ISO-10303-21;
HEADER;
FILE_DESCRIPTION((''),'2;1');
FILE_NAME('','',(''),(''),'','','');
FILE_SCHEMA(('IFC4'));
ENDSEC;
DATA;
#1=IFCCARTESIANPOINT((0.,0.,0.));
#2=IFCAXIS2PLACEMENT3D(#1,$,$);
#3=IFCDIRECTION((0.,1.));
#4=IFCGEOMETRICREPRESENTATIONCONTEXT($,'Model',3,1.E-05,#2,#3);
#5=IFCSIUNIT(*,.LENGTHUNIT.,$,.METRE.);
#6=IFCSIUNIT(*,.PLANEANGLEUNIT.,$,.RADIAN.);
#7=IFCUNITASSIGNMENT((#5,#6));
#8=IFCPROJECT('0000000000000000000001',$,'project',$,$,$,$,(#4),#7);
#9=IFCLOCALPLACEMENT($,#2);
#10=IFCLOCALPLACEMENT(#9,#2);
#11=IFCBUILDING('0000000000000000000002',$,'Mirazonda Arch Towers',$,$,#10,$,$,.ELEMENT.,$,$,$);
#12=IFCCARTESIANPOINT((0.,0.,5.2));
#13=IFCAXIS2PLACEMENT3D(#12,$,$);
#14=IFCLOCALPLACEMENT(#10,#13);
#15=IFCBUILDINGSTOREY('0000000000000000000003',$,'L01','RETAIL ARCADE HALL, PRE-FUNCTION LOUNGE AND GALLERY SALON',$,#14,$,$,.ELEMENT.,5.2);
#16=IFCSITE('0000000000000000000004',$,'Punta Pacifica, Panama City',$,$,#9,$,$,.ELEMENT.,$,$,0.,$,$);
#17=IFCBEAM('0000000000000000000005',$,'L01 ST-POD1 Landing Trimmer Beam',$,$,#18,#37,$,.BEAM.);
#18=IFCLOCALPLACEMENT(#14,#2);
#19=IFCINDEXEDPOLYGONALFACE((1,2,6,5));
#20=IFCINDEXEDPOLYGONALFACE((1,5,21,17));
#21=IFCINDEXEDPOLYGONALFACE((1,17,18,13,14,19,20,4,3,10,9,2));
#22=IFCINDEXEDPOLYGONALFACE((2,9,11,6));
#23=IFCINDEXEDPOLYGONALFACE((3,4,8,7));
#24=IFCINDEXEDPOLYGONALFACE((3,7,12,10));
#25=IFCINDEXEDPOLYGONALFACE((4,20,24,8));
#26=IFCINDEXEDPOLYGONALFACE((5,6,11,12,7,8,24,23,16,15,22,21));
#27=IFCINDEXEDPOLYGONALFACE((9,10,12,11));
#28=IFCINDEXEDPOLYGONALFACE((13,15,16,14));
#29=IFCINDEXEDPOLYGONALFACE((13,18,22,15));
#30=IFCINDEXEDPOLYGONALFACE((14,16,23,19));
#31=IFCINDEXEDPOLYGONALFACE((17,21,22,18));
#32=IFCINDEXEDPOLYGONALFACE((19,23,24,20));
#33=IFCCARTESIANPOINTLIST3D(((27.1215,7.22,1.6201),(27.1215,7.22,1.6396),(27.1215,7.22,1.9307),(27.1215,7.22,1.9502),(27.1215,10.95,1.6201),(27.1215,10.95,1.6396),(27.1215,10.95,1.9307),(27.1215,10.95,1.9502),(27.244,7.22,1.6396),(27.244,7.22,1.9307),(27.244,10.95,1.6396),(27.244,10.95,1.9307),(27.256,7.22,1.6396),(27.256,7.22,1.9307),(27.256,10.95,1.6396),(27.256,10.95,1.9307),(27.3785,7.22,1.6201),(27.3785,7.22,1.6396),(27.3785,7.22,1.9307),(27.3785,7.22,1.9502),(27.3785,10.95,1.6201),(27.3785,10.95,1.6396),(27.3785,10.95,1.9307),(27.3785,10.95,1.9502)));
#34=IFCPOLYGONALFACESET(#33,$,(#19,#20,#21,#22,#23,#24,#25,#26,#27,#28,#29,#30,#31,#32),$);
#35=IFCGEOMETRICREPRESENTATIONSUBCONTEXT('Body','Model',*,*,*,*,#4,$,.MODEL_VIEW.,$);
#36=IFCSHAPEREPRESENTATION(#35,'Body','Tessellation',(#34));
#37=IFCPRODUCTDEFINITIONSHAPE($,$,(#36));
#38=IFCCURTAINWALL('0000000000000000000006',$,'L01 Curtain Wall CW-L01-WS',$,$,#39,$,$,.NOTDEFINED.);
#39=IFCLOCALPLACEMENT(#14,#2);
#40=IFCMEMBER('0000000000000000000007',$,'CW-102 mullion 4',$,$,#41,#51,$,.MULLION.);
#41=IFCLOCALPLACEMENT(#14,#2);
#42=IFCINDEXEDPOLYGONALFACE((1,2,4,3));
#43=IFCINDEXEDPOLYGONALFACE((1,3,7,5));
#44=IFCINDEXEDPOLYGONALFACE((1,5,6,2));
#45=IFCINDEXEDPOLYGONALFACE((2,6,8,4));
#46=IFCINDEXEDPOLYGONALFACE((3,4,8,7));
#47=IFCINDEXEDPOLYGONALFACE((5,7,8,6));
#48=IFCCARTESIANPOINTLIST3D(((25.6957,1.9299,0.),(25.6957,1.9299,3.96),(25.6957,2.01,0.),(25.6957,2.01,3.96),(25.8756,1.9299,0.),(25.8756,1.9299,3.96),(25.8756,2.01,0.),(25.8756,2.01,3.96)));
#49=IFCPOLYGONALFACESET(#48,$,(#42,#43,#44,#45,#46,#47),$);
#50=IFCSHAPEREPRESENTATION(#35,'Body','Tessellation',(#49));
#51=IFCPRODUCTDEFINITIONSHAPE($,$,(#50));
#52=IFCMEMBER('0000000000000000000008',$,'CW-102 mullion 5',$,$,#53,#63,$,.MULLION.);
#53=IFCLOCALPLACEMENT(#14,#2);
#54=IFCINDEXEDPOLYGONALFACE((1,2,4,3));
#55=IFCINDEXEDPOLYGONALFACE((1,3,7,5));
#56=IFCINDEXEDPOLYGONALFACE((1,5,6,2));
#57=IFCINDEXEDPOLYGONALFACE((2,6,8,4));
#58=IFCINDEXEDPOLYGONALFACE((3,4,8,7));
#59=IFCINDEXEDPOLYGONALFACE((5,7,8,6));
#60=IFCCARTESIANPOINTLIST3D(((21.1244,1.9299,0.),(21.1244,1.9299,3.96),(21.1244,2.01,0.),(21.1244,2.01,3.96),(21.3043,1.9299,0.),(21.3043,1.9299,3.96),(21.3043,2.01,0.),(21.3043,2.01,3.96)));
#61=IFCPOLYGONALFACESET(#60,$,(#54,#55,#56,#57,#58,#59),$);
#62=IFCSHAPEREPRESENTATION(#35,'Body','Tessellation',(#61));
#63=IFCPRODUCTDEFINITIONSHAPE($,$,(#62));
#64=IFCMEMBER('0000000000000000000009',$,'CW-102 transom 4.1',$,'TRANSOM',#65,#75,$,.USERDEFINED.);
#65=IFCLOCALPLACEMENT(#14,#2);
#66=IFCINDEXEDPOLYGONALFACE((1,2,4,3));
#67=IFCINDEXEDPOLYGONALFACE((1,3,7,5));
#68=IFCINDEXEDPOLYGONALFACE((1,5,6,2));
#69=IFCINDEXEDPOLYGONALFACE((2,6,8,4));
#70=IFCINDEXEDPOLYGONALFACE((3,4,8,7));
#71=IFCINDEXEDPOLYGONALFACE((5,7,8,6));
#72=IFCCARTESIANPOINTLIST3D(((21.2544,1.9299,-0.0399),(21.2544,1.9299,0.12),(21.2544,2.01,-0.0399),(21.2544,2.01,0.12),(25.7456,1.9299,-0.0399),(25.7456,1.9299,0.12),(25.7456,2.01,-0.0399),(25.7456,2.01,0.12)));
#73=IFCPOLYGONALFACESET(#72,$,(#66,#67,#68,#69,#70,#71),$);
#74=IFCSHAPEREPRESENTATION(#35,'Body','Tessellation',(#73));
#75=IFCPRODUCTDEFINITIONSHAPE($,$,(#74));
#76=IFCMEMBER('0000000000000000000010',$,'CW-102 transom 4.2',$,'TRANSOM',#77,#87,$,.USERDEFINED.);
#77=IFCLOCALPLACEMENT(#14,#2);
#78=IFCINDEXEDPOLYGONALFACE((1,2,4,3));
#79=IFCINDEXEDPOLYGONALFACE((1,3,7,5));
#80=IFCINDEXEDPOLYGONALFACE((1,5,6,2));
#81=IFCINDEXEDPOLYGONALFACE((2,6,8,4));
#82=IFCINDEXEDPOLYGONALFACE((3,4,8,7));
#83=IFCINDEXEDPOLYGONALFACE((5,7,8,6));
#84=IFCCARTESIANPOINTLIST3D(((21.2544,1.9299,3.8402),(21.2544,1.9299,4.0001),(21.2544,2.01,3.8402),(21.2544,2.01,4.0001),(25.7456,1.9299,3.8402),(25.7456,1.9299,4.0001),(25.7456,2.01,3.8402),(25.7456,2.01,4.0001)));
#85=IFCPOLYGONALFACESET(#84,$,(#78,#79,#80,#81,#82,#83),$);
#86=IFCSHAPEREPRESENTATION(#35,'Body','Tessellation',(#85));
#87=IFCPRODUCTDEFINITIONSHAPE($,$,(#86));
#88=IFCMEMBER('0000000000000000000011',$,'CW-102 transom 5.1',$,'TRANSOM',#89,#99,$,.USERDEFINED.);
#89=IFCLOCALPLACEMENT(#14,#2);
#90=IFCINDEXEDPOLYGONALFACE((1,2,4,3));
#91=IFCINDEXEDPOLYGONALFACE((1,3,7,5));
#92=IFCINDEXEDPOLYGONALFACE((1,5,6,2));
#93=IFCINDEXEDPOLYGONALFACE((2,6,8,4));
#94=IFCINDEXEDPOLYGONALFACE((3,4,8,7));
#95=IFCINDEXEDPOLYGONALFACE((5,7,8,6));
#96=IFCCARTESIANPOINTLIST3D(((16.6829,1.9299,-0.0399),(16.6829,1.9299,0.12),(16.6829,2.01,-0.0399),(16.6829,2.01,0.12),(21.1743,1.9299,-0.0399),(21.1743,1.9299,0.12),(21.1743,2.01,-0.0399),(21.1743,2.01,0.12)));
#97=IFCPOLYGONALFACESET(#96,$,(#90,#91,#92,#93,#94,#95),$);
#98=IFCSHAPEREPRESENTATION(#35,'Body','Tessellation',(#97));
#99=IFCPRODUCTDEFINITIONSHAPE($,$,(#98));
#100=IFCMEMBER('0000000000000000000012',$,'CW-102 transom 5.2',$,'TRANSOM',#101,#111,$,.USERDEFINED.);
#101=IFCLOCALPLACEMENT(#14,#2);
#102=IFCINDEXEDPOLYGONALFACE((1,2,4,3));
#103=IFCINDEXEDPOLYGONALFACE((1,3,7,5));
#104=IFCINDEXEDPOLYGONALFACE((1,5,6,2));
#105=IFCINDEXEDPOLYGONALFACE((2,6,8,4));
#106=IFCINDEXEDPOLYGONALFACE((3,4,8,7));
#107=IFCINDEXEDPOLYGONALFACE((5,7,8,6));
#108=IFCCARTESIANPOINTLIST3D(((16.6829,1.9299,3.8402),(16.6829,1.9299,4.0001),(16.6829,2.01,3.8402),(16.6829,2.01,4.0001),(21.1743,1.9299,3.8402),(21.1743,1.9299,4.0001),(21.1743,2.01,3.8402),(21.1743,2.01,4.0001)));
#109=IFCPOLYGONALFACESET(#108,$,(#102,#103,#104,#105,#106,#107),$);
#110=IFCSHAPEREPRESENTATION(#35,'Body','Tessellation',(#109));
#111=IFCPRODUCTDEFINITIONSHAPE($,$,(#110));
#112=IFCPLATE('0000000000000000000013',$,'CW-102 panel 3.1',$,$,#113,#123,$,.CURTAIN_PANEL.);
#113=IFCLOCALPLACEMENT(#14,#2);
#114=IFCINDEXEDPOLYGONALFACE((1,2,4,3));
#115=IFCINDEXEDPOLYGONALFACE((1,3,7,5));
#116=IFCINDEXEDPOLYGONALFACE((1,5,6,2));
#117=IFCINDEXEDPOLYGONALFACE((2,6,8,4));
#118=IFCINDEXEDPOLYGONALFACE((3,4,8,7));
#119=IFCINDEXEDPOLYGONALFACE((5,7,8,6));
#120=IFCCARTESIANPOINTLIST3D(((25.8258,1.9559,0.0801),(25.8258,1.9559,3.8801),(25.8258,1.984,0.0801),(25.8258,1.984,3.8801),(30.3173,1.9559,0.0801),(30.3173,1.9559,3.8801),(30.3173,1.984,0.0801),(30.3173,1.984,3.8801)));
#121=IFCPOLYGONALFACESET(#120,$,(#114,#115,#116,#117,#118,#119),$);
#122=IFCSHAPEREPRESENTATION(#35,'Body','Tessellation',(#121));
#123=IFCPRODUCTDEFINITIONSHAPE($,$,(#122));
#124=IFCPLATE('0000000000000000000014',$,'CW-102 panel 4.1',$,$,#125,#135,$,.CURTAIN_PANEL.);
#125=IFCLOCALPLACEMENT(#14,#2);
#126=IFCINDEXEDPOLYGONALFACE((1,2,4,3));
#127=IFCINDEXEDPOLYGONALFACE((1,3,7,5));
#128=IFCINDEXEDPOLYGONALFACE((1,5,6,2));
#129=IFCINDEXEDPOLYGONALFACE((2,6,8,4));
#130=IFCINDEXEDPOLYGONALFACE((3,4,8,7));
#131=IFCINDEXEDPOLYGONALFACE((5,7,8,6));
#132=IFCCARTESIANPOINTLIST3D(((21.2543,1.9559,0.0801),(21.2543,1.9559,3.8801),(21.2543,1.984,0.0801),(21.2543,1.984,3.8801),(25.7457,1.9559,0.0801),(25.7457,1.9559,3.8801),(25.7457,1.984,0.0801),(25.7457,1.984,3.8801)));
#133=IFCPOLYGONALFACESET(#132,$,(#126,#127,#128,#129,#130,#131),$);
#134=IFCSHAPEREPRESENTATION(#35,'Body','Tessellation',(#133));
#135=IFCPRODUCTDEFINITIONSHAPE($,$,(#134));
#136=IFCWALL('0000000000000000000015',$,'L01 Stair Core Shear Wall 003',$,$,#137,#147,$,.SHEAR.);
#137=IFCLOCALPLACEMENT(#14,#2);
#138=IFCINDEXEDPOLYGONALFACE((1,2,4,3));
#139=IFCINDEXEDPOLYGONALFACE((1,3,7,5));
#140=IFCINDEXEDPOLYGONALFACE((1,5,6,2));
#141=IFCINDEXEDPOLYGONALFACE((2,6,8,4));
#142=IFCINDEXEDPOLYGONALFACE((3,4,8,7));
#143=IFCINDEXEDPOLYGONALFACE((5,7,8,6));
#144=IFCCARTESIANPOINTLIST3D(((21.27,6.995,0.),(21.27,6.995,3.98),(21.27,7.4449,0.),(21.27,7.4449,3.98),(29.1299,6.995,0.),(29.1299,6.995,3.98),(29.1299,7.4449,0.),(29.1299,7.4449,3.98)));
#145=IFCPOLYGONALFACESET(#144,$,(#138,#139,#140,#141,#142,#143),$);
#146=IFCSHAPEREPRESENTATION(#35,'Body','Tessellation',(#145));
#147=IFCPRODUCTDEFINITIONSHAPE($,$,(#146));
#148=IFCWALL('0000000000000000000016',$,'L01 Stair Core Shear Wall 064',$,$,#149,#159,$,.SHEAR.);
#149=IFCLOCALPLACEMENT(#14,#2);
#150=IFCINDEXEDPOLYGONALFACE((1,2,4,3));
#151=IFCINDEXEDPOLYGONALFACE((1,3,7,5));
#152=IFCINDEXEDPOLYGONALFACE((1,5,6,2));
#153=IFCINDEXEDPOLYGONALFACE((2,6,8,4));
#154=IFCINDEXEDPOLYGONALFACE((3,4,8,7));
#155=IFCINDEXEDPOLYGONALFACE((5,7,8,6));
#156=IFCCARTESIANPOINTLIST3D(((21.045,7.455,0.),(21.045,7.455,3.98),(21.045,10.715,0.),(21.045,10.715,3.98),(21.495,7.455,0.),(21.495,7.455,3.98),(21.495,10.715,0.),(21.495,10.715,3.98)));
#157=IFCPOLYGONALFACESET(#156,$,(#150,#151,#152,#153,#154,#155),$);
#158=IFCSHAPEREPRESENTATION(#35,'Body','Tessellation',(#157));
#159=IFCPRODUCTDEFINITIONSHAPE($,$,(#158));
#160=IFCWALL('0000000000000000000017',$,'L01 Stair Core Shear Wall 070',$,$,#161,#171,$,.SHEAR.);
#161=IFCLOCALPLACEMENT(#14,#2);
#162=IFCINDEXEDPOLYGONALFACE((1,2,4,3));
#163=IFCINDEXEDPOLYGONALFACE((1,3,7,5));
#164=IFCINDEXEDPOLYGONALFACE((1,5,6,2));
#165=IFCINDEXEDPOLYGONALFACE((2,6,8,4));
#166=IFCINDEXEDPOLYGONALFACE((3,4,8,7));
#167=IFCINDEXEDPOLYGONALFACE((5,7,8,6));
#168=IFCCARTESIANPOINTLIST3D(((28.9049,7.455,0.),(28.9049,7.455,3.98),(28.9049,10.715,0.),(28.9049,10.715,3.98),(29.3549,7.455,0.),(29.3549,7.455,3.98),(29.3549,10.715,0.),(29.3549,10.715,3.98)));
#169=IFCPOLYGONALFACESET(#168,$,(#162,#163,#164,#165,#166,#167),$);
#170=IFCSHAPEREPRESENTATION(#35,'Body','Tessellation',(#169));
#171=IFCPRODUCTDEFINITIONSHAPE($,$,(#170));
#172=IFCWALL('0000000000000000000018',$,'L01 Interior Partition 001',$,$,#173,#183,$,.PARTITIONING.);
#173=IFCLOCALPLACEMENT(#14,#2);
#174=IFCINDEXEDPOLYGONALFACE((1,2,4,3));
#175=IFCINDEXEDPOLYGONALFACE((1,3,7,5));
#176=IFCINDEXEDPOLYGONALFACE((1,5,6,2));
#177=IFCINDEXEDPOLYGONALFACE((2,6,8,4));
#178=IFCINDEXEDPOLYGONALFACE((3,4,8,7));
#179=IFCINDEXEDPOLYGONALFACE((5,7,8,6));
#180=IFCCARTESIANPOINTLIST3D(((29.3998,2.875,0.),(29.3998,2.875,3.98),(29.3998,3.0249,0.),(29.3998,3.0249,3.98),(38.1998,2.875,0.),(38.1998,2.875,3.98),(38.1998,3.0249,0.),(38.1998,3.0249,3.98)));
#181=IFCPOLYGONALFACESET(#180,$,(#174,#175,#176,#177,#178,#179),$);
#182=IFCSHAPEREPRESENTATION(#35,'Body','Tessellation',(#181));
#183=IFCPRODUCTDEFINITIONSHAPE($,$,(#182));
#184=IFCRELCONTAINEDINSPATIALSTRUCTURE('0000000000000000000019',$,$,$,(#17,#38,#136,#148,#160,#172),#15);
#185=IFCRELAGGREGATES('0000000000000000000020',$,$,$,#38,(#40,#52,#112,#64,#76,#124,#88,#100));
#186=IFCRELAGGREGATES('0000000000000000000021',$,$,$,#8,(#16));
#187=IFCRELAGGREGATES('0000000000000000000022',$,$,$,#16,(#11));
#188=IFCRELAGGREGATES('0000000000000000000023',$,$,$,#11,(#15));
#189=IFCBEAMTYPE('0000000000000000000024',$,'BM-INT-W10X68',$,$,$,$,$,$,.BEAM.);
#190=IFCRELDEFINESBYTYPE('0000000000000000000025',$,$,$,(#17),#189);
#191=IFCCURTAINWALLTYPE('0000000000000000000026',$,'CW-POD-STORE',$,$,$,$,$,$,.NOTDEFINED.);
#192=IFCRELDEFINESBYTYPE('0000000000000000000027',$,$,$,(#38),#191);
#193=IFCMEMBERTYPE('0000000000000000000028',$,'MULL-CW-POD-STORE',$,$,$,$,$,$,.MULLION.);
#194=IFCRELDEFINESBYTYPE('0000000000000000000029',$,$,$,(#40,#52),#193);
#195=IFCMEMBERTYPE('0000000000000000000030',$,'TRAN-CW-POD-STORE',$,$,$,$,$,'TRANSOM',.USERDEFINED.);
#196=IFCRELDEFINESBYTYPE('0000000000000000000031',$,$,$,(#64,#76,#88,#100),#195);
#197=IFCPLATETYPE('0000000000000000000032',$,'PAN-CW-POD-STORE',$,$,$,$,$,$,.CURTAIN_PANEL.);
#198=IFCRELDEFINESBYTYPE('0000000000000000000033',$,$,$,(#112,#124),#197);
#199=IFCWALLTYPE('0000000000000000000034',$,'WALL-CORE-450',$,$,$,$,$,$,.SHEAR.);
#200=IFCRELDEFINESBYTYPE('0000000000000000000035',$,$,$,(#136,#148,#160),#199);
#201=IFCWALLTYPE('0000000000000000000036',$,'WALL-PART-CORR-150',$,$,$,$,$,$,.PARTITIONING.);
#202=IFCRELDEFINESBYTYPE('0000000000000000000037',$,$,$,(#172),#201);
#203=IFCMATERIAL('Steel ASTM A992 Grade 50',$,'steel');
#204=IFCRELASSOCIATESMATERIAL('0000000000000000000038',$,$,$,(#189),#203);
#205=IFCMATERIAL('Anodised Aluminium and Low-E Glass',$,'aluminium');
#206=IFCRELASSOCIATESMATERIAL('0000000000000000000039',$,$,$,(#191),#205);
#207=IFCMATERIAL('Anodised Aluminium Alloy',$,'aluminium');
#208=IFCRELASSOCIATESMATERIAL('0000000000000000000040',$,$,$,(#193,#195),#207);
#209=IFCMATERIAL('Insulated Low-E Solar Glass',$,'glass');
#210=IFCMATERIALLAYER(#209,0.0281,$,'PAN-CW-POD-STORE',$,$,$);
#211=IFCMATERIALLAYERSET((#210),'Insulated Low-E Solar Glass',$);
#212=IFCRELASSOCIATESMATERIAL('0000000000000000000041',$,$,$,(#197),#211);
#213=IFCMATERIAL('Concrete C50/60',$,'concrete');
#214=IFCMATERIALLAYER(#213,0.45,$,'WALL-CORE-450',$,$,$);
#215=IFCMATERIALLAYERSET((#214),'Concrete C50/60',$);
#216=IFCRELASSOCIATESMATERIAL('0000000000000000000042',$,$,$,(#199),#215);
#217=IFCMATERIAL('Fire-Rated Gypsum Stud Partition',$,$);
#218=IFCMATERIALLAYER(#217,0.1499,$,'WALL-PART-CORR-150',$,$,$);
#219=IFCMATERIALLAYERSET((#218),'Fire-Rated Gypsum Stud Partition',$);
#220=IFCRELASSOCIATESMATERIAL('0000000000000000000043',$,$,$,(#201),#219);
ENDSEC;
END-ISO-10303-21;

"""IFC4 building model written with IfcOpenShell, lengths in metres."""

from ifc_helpers import new_model, si_unit, direction, frame, frame_2d, origin, origin_2d, place, context, subcontext, project, spatial, rectangle, i_section, extrude, material, layer, layer_set, material_profile, profile_set, type_object, element, aggregate, save


model = new_model("IFC4")

# Units and contexts
model_context = context("Model", 3, precision=1e-05, world=origin(), true_north=direction((0.0, 1.0)))
body_context = subcontext(model_context, "Body", "Model", "MODEL_VIEW")
ifc_project = project(units=[si_unit("LENGTHUNIT", "METRE"), si_unit("PLANEANGLEUNIT", "RADIAN")], contexts=[model_context])

# Site, building, storey
site_placement = place(None, origin())
site = spatial("IfcSite", under=ifc_project, at=site_placement, Name="Punta Pacifica, Panama City", CompositionType="ELEMENT", RefElevation=0.0)
building_placement = place(site_placement, origin())
building = spatial("IfcBuilding", under=site, at=building_placement, Name="Mirazonda Arch Towers", CompositionType="ELEMENT")
storey_placement = place(building_placement, frame((0.0, 0.0, 5.2)))
storey = spatial("IfcBuildingStorey", under=building, at=storey_placement, Name="L01", Description="RETAIL ARCADE HALL, PRE-FUNCTION LOUNGE AND GALLERY SALON", CompositionType="ELEMENT", Elevation=5.2)

# Beam
ifc_material_1 = material(Name="Steel ASTM A992 Grade 50", Category="steel")
ifc_material_profile_1 = material_profile(ifc_material_1, i_section(OverallWidth=0.2571, OverallDepth=0.3301, WebThickness=0.012, FlangeThickness=0.0195, at=origin_2d()), Name="W10X68")
ifc_profile_set_1 = profile_set([ifc_material_profile_1], Name="Steel ASTM A992 Grade 50")
beam_type = type_object("IfcBeamType", Name="BM-INT-W10X68", PredefinedType="BEAM", material=ifc_profile_set_1)
beam_placement = place(storey_placement, frame((27.25, 7.22, 1.7852), z_axis=(0.0, 1.0, 0.0), x_axis=(-1.0, 0.0, 0.0)))
element("IfcBeam", 1, at=beam_placement, inside=storey, type_object=beam_type, Name="L01 ST-POD1 Landing Trimmer Beam", PredefinedType="BEAM", context=body_context, shape_type="SweptSolid", body=[
    extrude(i_section(OverallWidth=0.2571, OverallDepth=0.3301, WebThickness=0.012, FlangeThickness=0.0195, at=origin_2d()), origin(), (0.0, 0.0, 1.0), 3.73),
])

# Curtain wall, members, plates
ifc_material_2 = material(Name="Anodised Aluminium and Low-E Glass", Category="aluminium")
curtain_wall_type = type_object("IfcCurtainWallType", Name="CW-POD-STORE", PredefinedType="NOTDEFINED", material=ifc_material_2)
curtain_wall_placement = place(storey_placement, origin())
curtain_wall = element("IfcCurtainWall", 2, at=curtain_wall_placement, inside=storey, type_object=curtain_wall_type, Name="L01 Curtain Wall CW-L01-WS", PredefinedType="NOTDEFINED")
ifc_material_3 = material(Name="Anodised Aluminium Alloy", Category="aluminium")
ifc_material_profile_2 = material_profile(ifc_material_3, rectangle(XDim=0.0801, YDim=0.1799, at=origin_2d()), Name="ALU-MULL-80x180")
ifc_profile_set_2 = profile_set([ifc_material_profile_2], Name="Anodised Aluminium Alloy")
member_type_1 = type_object("IfcMemberType", Name="MULL-CW-POD-STORE", PredefinedType="MULLION", material=ifc_profile_set_2)
member_1_placement = place(storey_placement, frame((25.7856, 1.97, 0.0), z_axis=(0.0, 0.0, 1.0), x_axis=(0.0, -1.0, 0.0)))
member_1 = element("IfcMember", 3, at=member_1_placement, type_object=member_type_1, Name="CW-102 mullion 4", PredefinedType="MULLION", context=body_context, shape_type="SweptSolid", body=[
    extrude(rectangle(XDim=0.0801, YDim=0.1799, at=origin_2d()), origin(), (0.0, 0.0, 1.0), 3.96),
])
member_2_placement = place(storey_placement, frame((21.2144, 1.97, 0.0), z_axis=(0.0, 0.0, 1.0), x_axis=(0.0, -1.0, 0.0)))
member_2 = element("IfcMember", 4, at=member_2_placement, type_object=member_type_1, Name="CW-102 mullion 5", PredefinedType="MULLION", context=body_context, shape_type="SweptSolid", body=[
    extrude(rectangle(XDim=0.0801, YDim=0.1799, at=origin_2d()), origin(), (0.0, 0.0, 1.0), 3.96),
])
ifc_material_profile_3 = material_profile(ifc_material_3, rectangle(XDim=0.0801, YDim=0.1599, at=origin_2d()), Name="ALU-TRAN-80x160")
ifc_profile_set_3 = profile_set([ifc_material_profile_3], Name="Anodised Aluminium Alloy")
member_type_2 = type_object("IfcMemberType", Name="TRAN-CW-POD-STORE", ElementType="TRANSOM", PredefinedType="USERDEFINED", material=ifc_profile_set_3)
member_3_placement = place(storey_placement, frame((25.7456, 1.97, 0.04), z_axis=(-1.0, 0.0, 0.0), x_axis=(0.0, -1.0, 0.0)))
member_3 = element("IfcMember", 5, at=member_3_placement, type_object=member_type_2, Name="CW-102 transom 4.1", ObjectType="TRANSOM", PredefinedType="USERDEFINED", context=body_context, shape_type="SweptSolid", body=[
    extrude(rectangle(XDim=0.0801, YDim=0.1599, at=origin_2d()), origin(), (0.0, 0.0, 1.0), 4.4912),
])
member_4_placement = place(storey_placement, frame((25.7456, 1.97, 3.9202), z_axis=(-1.0, 0.0, 0.0), x_axis=(0.0, -1.0, 0.0)))
member_4 = element("IfcMember", 6, at=member_4_placement, type_object=member_type_2, Name="CW-102 transom 4.2", ObjectType="TRANSOM", PredefinedType="USERDEFINED", context=body_context, shape_type="SweptSolid", body=[
    extrude(rectangle(XDim=0.0801, YDim=0.1599, at=origin_2d()), origin(), (0.0, 0.0, 1.0), 4.4912),
])
member_5_placement = place(storey_placement, frame((21.1743, 1.97, 0.04), z_axis=(-1.0, 0.0, 0.0), x_axis=(0.0, -1.0, 0.0)))
member_5 = element("IfcMember", 7, at=member_5_placement, type_object=member_type_2, Name="CW-102 transom 5.1", ObjectType="TRANSOM", PredefinedType="USERDEFINED", context=body_context, shape_type="SweptSolid", body=[
    extrude(rectangle(XDim=0.0801, YDim=0.1599, at=origin_2d()), origin(), (0.0, 0.0, 1.0), 4.4915),
])
member_6_placement = place(storey_placement, frame((21.1743, 1.97, 3.9202), z_axis=(-1.0, 0.0, 0.0), x_axis=(0.0, -1.0, 0.0)))
member_6 = element("IfcMember", 8, at=member_6_placement, type_object=member_type_2, Name="CW-102 transom 5.2", ObjectType="TRANSOM", PredefinedType="USERDEFINED", context=body_context, shape_type="SweptSolid", body=[
    extrude(rectangle(XDim=0.0801, YDim=0.1599, at=origin_2d()), origin(), (0.0, 0.0, 1.0), 4.4915),
])
ifc_material_4 = material(Name="Insulated Low-E Solar Glass", Category="glass")
ifc_layer_1 = layer(ifc_material_4, 0.0281, Name="PAN-CW-POD-STORE")
ifc_layer_set_1 = layer_set([ifc_layer_1], Name="Insulated Low-E Solar Glass")
plate_type = type_object("IfcPlateType", Name="PAN-CW-POD-STORE", PredefinedType="CURTAIN_PANEL", material=ifc_layer_set_1)
plate_1_placement = place(storey_placement, frame((28.0715, 1.97, 0.0801), z_axis=(0.0, 0.0, 1.0), x_axis=(-1.0, 0.0, 0.0)))
plate_1 = element("IfcPlate", 9, at=plate_1_placement, type_object=plate_type, Name="CW-102 panel 3.1", PredefinedType="CURTAIN_PANEL", context=body_context, shape_type="SweptSolid", body=[
    extrude(rectangle(XDim=4.4915, YDim=0.0281, at=origin_2d()), origin(), (0.0, 0.0, 1.0), 3.8),
])
plate_2_placement = place(storey_placement, frame((23.5, 1.97, 0.0801), z_axis=(0.0, 0.0, 1.0), x_axis=(-1.0, 0.0, 0.0)))
plate_2 = element("IfcPlate", 10, at=plate_2_placement, type_object=plate_type, Name="CW-102 panel 4.1", PredefinedType="CURTAIN_PANEL", context=body_context, shape_type="SweptSolid", body=[
    extrude(rectangle(XDim=4.4915, YDim=0.0281, at=origin_2d()), origin(), (0.0, 0.0, 1.0), 3.8),
])
aggregate(curtain_wall, [member_1, member_2, plate_1, member_3, member_4, plate_2, member_5, member_6])

# Walls
ifc_material_5 = material(Name="Concrete C50/60", Category="concrete")
ifc_layer_2 = layer(ifc_material_5, 0.45, Name="WALL-CORE-450")
ifc_layer_set_2 = layer_set([ifc_layer_2], Name="Concrete C50/60")
wall_type_1 = type_object("IfcWallType", Name="WALL-CORE-450", PredefinedType="SHEAR", material=ifc_layer_set_2)
wall_1_placement = place(storey_placement, frame((21.27, 7.22, 0.0), z_axis=(0.0, 0.0, 1.0), x_axis=(1.0, 0.0, 0.0)))
element("IfcWall", 11, at=wall_1_placement, inside=storey, type_object=wall_type_1, Name="L01 Stair Core Shear Wall 003", PredefinedType="SHEAR", context=body_context, shape_type="SweptSolid", body=[
    extrude(rectangle(XDim=7.8599, YDim=0.45, at=frame_2d((3.9299, 0.0))), origin(), (0.0, 0.0, 1.0), 3.98),
])
for number, where, z_axis, x_axis, name in (
    (12, (21.27, 7.4551, 0.0), (0.0, 0.0, 1.0), (0.0, 1.0, 0.0), "L01 Stair Core Shear Wall 064"),
    (13, (29.1299, 7.4551, 0.0), (0.0, 0.0, 1.0), (0.0, 1.0, 0.0), "L01 Stair Core Shear Wall 070"),
):
    element("IfcWall", number, at=place(storey_placement, frame(where, z_axis=z_axis, x_axis=x_axis)), inside=storey, type_object=wall_type_1, Name=name, PredefinedType="SHEAR", context=body_context, shape_type="SweptSolid", body=[
        extrude(rectangle(XDim=3.26, YDim=0.45, at=frame_2d((1.6299, 0.0))), origin(), (0.0, 0.0, 1.0), 3.98),
    ])
ifc_material_6 = material(Name="Fire-Rated Gypsum Stud Partition")
ifc_layer_3 = layer(ifc_material_6, 0.1499, Name="WALL-PART-CORR-150")
ifc_layer_set_3 = layer_set([ifc_layer_3], Name="Fire-Rated Gypsum Stud Partition")
wall_type_2 = type_object("IfcWallType", Name="WALL-PART-CORR-150", PredefinedType="PARTITIONING", material=ifc_layer_set_3)
wall_2_placement = place(storey_placement, frame((29.3999, 2.95, 0.0), z_axis=(0.0, 0.0, 1.0), x_axis=(1.0, 0.0, 0.0)))
element("IfcWall", 14, at=wall_2_placement, inside=storey, type_object=wall_type_2, Name="L01 Interior Partition 001", PredefinedType="PARTITIONING", context=body_context, shape_type="SweptSolid", body=[
    extrude(rectangle(XDim=8.8, YDim=0.1499, at=frame_2d((4.3999, 0.0))), origin(), (0.0, 0.0, 1.0), 3.98),
])

save(model, "model.ifc")
